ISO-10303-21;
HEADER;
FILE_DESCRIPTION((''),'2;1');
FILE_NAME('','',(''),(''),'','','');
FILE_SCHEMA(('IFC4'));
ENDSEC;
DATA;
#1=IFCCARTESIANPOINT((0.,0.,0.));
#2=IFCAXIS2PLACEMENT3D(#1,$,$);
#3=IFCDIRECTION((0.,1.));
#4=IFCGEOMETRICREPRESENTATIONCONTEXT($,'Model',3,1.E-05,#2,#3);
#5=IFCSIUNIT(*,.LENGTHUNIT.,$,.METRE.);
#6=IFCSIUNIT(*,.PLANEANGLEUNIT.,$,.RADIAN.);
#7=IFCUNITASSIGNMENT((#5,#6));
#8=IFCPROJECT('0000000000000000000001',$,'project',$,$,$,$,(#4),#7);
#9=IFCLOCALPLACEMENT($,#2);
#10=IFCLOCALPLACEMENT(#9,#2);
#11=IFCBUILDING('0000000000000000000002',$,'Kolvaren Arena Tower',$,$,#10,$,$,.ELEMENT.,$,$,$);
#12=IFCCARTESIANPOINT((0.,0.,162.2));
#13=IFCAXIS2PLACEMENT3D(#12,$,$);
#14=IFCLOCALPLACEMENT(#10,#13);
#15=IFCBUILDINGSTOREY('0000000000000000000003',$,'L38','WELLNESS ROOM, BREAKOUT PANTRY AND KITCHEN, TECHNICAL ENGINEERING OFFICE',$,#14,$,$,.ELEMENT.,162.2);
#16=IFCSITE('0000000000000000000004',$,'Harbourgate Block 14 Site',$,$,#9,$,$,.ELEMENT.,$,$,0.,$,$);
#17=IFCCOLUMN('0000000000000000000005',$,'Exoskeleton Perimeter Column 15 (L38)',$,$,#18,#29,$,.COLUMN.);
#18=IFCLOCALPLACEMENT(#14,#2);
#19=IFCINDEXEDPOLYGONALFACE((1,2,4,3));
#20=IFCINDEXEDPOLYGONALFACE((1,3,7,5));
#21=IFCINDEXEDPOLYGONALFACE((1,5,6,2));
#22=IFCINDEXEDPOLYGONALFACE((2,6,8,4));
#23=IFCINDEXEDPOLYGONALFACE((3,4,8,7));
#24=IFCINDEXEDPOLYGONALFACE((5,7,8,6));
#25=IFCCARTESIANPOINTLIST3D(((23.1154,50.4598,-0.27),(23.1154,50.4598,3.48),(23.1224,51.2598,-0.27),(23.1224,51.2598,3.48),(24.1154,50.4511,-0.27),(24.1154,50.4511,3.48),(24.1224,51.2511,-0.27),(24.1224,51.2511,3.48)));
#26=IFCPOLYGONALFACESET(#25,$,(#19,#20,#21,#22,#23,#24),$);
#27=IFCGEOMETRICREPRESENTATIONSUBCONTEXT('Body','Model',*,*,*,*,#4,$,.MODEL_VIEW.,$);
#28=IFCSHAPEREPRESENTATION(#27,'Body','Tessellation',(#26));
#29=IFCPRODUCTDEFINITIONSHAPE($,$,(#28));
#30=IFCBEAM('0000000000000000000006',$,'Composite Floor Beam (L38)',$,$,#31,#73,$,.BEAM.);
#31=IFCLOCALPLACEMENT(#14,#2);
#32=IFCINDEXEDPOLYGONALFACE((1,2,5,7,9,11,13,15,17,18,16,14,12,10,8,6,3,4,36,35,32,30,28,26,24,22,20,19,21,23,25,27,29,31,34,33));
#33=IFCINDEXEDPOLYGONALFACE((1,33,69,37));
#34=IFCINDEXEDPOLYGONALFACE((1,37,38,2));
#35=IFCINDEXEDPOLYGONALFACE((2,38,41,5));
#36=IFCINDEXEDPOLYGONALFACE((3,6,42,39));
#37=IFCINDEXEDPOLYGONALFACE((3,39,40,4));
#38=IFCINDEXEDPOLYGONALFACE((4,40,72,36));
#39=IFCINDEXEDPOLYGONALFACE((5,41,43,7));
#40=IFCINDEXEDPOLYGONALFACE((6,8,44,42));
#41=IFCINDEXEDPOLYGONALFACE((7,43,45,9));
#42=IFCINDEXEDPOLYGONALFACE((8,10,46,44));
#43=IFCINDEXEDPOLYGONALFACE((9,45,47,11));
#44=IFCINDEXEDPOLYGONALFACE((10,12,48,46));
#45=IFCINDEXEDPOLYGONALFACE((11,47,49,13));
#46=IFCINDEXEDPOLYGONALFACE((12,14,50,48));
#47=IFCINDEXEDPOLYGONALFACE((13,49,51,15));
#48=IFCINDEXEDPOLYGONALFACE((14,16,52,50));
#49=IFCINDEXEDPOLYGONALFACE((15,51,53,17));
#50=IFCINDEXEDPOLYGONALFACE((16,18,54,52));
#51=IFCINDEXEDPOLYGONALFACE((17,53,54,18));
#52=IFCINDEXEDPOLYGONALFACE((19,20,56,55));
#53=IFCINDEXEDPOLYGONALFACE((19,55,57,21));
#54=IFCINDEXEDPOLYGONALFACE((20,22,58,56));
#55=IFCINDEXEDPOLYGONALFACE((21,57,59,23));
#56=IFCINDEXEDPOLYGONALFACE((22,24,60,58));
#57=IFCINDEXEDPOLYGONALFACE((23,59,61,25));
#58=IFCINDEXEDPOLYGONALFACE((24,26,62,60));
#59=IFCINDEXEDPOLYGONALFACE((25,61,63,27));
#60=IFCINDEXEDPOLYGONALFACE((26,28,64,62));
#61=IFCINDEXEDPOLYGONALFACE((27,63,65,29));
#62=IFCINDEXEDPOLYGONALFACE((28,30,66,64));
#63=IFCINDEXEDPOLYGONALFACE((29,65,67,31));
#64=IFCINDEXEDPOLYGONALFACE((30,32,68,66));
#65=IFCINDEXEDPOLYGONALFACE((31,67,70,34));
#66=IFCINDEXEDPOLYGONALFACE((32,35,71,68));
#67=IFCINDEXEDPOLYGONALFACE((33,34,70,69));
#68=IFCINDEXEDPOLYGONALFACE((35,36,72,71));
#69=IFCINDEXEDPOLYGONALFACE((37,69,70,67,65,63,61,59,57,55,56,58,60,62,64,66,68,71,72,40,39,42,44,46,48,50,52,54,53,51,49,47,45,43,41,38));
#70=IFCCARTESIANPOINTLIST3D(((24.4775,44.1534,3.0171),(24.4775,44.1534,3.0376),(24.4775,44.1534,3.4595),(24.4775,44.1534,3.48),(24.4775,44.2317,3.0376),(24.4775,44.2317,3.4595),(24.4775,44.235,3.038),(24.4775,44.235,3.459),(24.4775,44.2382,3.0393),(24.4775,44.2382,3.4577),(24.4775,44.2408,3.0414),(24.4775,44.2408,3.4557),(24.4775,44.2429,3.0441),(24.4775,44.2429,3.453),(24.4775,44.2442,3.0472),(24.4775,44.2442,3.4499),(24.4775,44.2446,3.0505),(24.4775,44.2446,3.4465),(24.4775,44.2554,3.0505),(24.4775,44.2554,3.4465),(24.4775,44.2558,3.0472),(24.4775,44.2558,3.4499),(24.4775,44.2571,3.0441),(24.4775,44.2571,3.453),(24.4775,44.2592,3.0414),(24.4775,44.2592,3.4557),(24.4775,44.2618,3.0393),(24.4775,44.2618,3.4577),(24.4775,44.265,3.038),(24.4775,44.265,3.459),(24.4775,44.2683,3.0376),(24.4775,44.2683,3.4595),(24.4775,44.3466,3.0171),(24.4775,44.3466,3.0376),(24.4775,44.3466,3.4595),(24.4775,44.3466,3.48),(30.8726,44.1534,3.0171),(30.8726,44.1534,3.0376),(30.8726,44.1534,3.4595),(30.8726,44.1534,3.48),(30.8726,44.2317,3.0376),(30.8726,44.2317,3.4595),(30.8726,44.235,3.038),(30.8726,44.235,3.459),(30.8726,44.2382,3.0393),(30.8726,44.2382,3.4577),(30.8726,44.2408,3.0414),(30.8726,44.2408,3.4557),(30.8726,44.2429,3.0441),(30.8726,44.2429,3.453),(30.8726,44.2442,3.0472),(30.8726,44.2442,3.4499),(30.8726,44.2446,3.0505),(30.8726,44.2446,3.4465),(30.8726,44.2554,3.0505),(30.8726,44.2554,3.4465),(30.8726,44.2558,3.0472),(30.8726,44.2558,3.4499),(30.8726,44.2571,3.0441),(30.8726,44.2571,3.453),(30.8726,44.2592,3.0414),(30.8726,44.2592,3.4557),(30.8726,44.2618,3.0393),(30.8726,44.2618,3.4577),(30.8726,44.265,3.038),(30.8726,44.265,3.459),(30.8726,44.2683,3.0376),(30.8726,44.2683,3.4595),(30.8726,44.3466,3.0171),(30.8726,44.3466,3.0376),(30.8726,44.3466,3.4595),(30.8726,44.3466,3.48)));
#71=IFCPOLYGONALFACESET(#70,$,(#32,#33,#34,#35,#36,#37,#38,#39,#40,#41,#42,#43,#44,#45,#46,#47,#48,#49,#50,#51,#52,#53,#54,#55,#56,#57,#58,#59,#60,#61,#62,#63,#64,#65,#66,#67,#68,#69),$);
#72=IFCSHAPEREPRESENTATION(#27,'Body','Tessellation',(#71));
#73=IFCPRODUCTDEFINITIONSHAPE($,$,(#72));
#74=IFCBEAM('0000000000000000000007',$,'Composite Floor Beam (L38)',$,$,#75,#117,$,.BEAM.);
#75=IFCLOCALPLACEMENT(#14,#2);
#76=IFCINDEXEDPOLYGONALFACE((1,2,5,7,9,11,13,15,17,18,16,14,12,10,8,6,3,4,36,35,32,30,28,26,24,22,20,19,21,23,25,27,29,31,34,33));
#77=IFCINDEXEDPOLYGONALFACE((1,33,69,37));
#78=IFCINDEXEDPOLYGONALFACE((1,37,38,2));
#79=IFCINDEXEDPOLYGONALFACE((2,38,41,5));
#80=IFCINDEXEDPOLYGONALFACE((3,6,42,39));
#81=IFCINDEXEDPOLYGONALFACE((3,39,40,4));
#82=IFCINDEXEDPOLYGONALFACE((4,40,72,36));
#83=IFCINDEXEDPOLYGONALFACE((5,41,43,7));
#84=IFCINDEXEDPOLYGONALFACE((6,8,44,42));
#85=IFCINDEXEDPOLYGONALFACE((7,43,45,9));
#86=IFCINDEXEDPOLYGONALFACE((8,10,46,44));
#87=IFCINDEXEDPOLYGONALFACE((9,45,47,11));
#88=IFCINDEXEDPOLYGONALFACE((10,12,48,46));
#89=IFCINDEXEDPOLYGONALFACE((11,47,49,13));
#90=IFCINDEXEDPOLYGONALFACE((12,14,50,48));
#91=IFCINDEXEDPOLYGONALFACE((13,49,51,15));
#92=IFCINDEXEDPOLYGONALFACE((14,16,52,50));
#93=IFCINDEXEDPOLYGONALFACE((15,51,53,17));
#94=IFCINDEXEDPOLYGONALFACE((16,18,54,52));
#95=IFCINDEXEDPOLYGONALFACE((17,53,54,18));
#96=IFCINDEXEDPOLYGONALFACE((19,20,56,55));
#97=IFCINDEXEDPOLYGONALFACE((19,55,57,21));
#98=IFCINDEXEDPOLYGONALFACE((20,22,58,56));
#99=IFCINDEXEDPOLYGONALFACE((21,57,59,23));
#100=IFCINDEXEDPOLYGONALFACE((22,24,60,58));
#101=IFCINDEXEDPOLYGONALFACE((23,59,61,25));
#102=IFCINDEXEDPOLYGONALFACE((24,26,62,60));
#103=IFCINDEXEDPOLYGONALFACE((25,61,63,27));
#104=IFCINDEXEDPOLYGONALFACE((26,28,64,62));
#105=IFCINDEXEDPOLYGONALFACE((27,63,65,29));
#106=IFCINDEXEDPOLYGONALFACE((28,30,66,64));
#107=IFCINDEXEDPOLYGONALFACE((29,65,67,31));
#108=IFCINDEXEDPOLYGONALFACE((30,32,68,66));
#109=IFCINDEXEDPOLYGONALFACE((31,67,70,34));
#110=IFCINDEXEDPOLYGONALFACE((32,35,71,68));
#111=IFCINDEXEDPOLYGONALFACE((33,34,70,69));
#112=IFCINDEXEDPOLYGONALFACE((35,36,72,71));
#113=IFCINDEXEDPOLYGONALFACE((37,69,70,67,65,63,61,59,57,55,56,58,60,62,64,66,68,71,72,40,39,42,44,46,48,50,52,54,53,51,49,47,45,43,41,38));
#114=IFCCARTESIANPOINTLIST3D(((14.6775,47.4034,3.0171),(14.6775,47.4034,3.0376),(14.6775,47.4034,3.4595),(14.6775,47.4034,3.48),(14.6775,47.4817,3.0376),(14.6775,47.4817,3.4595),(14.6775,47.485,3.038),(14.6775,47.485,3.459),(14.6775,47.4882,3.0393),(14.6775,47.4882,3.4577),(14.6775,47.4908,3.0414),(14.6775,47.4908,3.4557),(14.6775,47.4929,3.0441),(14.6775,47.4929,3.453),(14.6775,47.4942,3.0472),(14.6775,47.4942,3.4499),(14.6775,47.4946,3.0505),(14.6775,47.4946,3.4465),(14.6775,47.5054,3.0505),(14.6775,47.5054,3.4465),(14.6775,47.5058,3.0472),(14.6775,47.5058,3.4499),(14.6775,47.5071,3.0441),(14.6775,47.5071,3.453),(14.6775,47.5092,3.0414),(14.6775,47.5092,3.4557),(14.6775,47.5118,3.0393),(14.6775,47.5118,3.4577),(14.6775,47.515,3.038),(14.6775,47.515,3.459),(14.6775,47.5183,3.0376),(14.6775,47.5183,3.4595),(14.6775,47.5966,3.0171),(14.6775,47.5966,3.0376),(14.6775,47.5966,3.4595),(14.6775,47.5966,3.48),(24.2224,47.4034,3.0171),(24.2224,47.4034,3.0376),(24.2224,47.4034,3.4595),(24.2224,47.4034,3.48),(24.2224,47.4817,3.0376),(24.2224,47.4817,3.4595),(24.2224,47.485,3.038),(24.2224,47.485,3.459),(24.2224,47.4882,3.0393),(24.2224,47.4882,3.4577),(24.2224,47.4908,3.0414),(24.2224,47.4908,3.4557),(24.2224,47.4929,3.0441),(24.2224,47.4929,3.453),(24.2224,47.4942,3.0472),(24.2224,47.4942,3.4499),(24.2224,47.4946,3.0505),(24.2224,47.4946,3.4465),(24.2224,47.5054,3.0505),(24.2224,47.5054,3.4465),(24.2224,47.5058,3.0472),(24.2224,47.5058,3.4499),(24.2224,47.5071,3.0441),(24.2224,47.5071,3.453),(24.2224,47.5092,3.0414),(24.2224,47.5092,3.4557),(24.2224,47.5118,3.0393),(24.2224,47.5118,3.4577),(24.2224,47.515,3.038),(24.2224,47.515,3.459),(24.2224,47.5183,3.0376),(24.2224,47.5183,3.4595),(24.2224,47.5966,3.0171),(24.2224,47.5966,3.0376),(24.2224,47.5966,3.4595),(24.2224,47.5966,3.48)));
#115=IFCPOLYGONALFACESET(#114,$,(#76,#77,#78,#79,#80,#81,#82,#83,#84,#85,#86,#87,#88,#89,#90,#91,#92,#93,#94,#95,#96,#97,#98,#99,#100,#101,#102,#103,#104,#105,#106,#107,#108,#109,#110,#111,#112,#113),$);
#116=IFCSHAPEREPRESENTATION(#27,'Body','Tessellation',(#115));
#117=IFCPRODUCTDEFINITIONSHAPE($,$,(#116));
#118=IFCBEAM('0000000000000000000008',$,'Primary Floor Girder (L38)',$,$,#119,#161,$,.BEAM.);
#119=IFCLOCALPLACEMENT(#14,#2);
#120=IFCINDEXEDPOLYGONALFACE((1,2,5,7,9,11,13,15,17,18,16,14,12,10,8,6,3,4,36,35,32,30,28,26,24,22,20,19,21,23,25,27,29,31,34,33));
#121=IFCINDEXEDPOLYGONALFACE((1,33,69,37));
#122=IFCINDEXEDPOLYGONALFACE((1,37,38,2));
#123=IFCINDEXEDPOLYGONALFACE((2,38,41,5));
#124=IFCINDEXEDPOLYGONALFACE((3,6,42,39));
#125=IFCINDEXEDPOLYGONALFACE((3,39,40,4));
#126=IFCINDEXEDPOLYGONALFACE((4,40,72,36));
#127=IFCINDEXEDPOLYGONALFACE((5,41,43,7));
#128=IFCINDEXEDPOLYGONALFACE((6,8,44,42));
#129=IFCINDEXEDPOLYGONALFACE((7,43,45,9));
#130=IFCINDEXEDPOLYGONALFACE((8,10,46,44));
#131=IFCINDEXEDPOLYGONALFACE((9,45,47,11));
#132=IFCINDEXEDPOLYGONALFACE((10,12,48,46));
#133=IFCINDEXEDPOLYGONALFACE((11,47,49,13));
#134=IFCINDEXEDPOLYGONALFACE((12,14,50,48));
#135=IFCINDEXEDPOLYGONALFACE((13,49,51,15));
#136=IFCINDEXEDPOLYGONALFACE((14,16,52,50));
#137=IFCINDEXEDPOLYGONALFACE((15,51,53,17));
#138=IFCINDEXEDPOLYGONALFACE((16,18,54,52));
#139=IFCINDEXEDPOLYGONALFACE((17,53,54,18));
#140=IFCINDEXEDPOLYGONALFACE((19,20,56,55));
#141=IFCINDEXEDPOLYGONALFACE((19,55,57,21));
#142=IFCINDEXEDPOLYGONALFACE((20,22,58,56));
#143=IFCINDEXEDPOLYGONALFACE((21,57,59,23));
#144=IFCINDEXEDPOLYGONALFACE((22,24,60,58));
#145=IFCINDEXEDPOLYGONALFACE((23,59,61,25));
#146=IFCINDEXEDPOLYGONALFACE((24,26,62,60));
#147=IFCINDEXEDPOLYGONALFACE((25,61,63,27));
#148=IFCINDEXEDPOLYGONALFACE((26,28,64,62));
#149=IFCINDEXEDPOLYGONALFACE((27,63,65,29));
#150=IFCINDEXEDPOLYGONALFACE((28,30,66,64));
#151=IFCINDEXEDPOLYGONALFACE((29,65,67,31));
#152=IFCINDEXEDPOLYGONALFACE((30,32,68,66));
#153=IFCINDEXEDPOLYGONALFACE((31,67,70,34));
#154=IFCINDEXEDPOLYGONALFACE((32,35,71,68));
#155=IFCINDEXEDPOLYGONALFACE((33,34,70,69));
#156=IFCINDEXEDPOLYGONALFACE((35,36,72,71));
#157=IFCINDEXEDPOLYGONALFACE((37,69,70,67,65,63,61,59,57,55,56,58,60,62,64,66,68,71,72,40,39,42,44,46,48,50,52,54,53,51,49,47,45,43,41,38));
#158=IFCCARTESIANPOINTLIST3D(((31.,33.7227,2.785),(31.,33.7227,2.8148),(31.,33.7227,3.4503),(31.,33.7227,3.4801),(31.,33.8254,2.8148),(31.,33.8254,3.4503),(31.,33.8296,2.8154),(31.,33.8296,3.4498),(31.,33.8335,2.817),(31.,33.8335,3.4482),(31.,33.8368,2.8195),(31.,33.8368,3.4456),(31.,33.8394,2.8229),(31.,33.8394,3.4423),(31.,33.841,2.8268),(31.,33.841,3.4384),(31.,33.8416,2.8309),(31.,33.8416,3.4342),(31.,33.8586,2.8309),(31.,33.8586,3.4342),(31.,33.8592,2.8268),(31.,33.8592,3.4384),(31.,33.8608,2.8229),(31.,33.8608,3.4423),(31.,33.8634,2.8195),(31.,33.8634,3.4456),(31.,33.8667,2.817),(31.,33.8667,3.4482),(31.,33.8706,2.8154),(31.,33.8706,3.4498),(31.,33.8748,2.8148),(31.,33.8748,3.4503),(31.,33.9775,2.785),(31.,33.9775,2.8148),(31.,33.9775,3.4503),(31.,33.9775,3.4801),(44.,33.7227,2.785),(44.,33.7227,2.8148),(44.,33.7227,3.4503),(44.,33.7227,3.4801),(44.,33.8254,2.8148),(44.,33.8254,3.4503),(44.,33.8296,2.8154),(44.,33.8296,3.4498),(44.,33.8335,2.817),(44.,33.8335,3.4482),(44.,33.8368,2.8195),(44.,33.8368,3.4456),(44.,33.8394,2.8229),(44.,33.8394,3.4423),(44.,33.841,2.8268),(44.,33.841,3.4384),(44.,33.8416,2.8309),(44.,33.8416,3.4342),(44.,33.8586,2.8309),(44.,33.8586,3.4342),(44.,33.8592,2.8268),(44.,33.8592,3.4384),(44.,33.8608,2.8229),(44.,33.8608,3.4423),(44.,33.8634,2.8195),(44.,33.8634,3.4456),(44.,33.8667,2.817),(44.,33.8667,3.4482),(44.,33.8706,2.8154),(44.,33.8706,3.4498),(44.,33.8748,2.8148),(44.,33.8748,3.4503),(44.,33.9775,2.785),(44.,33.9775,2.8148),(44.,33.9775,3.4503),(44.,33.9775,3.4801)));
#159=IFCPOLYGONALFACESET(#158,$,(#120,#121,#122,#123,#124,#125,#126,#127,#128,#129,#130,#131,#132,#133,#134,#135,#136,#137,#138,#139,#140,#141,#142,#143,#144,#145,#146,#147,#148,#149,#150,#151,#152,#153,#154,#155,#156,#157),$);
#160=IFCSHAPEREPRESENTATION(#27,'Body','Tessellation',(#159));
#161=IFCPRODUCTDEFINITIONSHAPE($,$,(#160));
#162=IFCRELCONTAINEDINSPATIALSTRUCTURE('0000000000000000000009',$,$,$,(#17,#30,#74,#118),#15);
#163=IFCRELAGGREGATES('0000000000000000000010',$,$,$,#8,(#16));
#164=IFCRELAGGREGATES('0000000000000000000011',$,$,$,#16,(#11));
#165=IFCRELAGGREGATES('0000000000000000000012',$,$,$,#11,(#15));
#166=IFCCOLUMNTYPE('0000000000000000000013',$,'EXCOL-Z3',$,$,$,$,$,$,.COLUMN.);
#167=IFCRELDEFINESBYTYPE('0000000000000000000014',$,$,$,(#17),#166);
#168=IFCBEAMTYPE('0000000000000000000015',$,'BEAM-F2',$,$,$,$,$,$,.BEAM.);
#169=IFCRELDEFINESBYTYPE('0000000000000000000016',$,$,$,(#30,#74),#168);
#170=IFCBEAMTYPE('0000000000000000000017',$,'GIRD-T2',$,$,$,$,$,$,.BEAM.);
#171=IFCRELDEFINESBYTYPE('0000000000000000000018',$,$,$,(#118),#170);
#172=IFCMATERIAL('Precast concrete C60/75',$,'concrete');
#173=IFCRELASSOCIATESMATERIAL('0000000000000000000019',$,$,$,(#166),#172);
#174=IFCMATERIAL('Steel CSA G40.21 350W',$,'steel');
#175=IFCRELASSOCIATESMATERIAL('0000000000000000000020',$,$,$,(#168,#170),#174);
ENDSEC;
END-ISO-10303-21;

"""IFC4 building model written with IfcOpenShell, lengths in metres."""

from ifc_helpers import new_model, si_unit, direction, frame, origin, origin_2d, place, context, subcontext, project, spatial, rectangle, i_section, extrude, material, material_profile, profile_set, type_object, element, save


model = new_model("IFC4")

# Units and contexts
model_context = context("Model", 3, precision=1e-05, world=origin(), true_north=direction((0.0, 1.0)))
body_context = subcontext(model_context, "Body", "Model", "MODEL_VIEW")
ifc_project = project(units=[si_unit("LENGTHUNIT", "METRE"), si_unit("PLANEANGLEUNIT", "RADIAN")], contexts=[model_context])

# Site, building, storey
site_placement = place(None, origin())
site = spatial("IfcSite", under=ifc_project, at=site_placement, Name="Harbourgate Block 14 Site", CompositionType="ELEMENT", RefElevation=0.0)
building_placement = place(site_placement, origin())
building = spatial("IfcBuilding", under=site, at=building_placement, Name="Kolvaren Arena Tower", CompositionType="ELEMENT")
storey_placement = place(building_placement, frame((0.0, 0.0, 162.2)))
storey = spatial("IfcBuildingStorey", under=building, at=storey_placement, Name="L38", Description="WELLNESS ROOM, BREAKOUT PANTRY AND KITCHEN, TECHNICAL ENGINEERING OFFICE", CompositionType="ELEMENT", Elevation=162.2)

# Column
ifc_material_1 = material(Name="Precast concrete C60/75", Category="concrete")
ifc_material_profile_1 = material_profile(ifc_material_1, rectangle(XDim=1.0, YDim=0.8, at=origin_2d()), Name="RC-1000x800")
ifc_profile_set_1 = profile_set([ifc_material_profile_1], Name="Precast concrete C60/75")
column_type = type_object("IfcColumnType", Name="EXCOL-Z3", PredefinedType="COLUMN", material=ifc_profile_set_1)
column_placement = place(storey_placement, frame((23.6189, 50.8555, -0.27), z_axis=(0.0, 0.0, 1.0), x_axis=(0.999962, -0.008727, 0.0)))
element("IfcColumn", 1, at=column_placement, inside=storey, type_object=column_type, Name="Exoskeleton Perimeter Column 15 (L38)", PredefinedType="COLUMN", context=body_context, shape_type="SweptSolid", body=[
    extrude(rectangle(XDim=1.0, YDim=0.8, at=origin_2d()), origin(), (0.0, 0.0, 1.0), 3.75),
])

# Beams
ifc_material_2 = material(Name="Steel CSA G40.21 350W", Category="steel")
ifc_material_profile_2 = material_profile(ifc_material_2, i_section(OverallWidth=0.1931, OverallDepth=0.4629, WebThickness=0.0107, FlangeThickness=0.0205, FilletRadius=0.0129, at=origin_2d()), Name="W460x113")
ifc_profile_set_2 = profile_set([ifc_material_profile_2], Name="Steel CSA G40.21 350W")
beam_type_1 = type_object("IfcBeamType", Name="BEAM-F2", PredefinedType="BEAM", material=ifc_profile_set_2)
beam_1_placement = place(storey_placement, frame((24.4775, 44.25, 3.2485), z_axis=(1.0, 0.0, 0.0), x_axis=(0.0, 1.0, 0.0)))
element("IfcBeam", 2, at=beam_1_placement, inside=storey, type_object=beam_type_1, Name="Composite Floor Beam (L38)", PredefinedType="BEAM", context=body_context, shape_type="SweptSolid", body=[
    extrude(i_section(OverallWidth=0.1931, OverallDepth=0.4629, WebThickness=0.0107, FlangeThickness=0.0205, FilletRadius=0.0129, at=origin_2d()), origin(), (0.0, 0.0, 1.0), 6.395),
])
beam_2_placement = place(storey_placement, frame((14.6775, 47.5, 3.2485), z_axis=(1.0, 0.0, 0.0), x_axis=(0.0, 1.0, 0.0)))
element("IfcBeam", 3, at=beam_2_placement, inside=storey, type_object=beam_type_1, Name="Composite Floor Beam (L38)", PredefinedType="BEAM", context=body_context, shape_type="SweptSolid", body=[
    extrude(i_section(OverallWidth=0.1931, OverallDepth=0.4629, WebThickness=0.0107, FlangeThickness=0.0205, FilletRadius=0.0129, at=origin_2d()), origin(), (0.0, 0.0, 1.0), 9.5449),
])
ifc_material_profile_3 = material_profile(ifc_material_2, i_section(OverallWidth=0.2549, OverallDepth=0.6951, WebThickness=0.0171, FlangeThickness=0.0298, FilletRadius=0.0161, at=origin_2d()), Name="W690x217")
ifc_profile_set_3 = profile_set([ifc_material_profile_3], Name="Steel CSA G40.21 350W")
beam_type_2 = type_object("IfcBeamType", Name="GIRD-T2", PredefinedType="BEAM", material=ifc_profile_set_3)
beam_3_placement = place(storey_placement, frame((31.0, 33.8501, 3.1326), z_axis=(1.0, 0.0, 0.0), x_axis=(0.0, 1.0, 0.0)))
element("IfcBeam", 4, at=beam_3_placement, inside=storey, type_object=beam_type_2, Name="Primary Floor Girder (L38)", PredefinedType="BEAM", context=body_context, shape_type="SweptSolid", body=[
    extrude(i_section(OverallWidth=0.2549, OverallDepth=0.6951, WebThickness=0.0171, FlangeThickness=0.0298, FilletRadius=0.0161, at=origin_2d()), origin(), (0.0, 0.0, 1.0), 13.0),
])

save(model, "model.ifc")
